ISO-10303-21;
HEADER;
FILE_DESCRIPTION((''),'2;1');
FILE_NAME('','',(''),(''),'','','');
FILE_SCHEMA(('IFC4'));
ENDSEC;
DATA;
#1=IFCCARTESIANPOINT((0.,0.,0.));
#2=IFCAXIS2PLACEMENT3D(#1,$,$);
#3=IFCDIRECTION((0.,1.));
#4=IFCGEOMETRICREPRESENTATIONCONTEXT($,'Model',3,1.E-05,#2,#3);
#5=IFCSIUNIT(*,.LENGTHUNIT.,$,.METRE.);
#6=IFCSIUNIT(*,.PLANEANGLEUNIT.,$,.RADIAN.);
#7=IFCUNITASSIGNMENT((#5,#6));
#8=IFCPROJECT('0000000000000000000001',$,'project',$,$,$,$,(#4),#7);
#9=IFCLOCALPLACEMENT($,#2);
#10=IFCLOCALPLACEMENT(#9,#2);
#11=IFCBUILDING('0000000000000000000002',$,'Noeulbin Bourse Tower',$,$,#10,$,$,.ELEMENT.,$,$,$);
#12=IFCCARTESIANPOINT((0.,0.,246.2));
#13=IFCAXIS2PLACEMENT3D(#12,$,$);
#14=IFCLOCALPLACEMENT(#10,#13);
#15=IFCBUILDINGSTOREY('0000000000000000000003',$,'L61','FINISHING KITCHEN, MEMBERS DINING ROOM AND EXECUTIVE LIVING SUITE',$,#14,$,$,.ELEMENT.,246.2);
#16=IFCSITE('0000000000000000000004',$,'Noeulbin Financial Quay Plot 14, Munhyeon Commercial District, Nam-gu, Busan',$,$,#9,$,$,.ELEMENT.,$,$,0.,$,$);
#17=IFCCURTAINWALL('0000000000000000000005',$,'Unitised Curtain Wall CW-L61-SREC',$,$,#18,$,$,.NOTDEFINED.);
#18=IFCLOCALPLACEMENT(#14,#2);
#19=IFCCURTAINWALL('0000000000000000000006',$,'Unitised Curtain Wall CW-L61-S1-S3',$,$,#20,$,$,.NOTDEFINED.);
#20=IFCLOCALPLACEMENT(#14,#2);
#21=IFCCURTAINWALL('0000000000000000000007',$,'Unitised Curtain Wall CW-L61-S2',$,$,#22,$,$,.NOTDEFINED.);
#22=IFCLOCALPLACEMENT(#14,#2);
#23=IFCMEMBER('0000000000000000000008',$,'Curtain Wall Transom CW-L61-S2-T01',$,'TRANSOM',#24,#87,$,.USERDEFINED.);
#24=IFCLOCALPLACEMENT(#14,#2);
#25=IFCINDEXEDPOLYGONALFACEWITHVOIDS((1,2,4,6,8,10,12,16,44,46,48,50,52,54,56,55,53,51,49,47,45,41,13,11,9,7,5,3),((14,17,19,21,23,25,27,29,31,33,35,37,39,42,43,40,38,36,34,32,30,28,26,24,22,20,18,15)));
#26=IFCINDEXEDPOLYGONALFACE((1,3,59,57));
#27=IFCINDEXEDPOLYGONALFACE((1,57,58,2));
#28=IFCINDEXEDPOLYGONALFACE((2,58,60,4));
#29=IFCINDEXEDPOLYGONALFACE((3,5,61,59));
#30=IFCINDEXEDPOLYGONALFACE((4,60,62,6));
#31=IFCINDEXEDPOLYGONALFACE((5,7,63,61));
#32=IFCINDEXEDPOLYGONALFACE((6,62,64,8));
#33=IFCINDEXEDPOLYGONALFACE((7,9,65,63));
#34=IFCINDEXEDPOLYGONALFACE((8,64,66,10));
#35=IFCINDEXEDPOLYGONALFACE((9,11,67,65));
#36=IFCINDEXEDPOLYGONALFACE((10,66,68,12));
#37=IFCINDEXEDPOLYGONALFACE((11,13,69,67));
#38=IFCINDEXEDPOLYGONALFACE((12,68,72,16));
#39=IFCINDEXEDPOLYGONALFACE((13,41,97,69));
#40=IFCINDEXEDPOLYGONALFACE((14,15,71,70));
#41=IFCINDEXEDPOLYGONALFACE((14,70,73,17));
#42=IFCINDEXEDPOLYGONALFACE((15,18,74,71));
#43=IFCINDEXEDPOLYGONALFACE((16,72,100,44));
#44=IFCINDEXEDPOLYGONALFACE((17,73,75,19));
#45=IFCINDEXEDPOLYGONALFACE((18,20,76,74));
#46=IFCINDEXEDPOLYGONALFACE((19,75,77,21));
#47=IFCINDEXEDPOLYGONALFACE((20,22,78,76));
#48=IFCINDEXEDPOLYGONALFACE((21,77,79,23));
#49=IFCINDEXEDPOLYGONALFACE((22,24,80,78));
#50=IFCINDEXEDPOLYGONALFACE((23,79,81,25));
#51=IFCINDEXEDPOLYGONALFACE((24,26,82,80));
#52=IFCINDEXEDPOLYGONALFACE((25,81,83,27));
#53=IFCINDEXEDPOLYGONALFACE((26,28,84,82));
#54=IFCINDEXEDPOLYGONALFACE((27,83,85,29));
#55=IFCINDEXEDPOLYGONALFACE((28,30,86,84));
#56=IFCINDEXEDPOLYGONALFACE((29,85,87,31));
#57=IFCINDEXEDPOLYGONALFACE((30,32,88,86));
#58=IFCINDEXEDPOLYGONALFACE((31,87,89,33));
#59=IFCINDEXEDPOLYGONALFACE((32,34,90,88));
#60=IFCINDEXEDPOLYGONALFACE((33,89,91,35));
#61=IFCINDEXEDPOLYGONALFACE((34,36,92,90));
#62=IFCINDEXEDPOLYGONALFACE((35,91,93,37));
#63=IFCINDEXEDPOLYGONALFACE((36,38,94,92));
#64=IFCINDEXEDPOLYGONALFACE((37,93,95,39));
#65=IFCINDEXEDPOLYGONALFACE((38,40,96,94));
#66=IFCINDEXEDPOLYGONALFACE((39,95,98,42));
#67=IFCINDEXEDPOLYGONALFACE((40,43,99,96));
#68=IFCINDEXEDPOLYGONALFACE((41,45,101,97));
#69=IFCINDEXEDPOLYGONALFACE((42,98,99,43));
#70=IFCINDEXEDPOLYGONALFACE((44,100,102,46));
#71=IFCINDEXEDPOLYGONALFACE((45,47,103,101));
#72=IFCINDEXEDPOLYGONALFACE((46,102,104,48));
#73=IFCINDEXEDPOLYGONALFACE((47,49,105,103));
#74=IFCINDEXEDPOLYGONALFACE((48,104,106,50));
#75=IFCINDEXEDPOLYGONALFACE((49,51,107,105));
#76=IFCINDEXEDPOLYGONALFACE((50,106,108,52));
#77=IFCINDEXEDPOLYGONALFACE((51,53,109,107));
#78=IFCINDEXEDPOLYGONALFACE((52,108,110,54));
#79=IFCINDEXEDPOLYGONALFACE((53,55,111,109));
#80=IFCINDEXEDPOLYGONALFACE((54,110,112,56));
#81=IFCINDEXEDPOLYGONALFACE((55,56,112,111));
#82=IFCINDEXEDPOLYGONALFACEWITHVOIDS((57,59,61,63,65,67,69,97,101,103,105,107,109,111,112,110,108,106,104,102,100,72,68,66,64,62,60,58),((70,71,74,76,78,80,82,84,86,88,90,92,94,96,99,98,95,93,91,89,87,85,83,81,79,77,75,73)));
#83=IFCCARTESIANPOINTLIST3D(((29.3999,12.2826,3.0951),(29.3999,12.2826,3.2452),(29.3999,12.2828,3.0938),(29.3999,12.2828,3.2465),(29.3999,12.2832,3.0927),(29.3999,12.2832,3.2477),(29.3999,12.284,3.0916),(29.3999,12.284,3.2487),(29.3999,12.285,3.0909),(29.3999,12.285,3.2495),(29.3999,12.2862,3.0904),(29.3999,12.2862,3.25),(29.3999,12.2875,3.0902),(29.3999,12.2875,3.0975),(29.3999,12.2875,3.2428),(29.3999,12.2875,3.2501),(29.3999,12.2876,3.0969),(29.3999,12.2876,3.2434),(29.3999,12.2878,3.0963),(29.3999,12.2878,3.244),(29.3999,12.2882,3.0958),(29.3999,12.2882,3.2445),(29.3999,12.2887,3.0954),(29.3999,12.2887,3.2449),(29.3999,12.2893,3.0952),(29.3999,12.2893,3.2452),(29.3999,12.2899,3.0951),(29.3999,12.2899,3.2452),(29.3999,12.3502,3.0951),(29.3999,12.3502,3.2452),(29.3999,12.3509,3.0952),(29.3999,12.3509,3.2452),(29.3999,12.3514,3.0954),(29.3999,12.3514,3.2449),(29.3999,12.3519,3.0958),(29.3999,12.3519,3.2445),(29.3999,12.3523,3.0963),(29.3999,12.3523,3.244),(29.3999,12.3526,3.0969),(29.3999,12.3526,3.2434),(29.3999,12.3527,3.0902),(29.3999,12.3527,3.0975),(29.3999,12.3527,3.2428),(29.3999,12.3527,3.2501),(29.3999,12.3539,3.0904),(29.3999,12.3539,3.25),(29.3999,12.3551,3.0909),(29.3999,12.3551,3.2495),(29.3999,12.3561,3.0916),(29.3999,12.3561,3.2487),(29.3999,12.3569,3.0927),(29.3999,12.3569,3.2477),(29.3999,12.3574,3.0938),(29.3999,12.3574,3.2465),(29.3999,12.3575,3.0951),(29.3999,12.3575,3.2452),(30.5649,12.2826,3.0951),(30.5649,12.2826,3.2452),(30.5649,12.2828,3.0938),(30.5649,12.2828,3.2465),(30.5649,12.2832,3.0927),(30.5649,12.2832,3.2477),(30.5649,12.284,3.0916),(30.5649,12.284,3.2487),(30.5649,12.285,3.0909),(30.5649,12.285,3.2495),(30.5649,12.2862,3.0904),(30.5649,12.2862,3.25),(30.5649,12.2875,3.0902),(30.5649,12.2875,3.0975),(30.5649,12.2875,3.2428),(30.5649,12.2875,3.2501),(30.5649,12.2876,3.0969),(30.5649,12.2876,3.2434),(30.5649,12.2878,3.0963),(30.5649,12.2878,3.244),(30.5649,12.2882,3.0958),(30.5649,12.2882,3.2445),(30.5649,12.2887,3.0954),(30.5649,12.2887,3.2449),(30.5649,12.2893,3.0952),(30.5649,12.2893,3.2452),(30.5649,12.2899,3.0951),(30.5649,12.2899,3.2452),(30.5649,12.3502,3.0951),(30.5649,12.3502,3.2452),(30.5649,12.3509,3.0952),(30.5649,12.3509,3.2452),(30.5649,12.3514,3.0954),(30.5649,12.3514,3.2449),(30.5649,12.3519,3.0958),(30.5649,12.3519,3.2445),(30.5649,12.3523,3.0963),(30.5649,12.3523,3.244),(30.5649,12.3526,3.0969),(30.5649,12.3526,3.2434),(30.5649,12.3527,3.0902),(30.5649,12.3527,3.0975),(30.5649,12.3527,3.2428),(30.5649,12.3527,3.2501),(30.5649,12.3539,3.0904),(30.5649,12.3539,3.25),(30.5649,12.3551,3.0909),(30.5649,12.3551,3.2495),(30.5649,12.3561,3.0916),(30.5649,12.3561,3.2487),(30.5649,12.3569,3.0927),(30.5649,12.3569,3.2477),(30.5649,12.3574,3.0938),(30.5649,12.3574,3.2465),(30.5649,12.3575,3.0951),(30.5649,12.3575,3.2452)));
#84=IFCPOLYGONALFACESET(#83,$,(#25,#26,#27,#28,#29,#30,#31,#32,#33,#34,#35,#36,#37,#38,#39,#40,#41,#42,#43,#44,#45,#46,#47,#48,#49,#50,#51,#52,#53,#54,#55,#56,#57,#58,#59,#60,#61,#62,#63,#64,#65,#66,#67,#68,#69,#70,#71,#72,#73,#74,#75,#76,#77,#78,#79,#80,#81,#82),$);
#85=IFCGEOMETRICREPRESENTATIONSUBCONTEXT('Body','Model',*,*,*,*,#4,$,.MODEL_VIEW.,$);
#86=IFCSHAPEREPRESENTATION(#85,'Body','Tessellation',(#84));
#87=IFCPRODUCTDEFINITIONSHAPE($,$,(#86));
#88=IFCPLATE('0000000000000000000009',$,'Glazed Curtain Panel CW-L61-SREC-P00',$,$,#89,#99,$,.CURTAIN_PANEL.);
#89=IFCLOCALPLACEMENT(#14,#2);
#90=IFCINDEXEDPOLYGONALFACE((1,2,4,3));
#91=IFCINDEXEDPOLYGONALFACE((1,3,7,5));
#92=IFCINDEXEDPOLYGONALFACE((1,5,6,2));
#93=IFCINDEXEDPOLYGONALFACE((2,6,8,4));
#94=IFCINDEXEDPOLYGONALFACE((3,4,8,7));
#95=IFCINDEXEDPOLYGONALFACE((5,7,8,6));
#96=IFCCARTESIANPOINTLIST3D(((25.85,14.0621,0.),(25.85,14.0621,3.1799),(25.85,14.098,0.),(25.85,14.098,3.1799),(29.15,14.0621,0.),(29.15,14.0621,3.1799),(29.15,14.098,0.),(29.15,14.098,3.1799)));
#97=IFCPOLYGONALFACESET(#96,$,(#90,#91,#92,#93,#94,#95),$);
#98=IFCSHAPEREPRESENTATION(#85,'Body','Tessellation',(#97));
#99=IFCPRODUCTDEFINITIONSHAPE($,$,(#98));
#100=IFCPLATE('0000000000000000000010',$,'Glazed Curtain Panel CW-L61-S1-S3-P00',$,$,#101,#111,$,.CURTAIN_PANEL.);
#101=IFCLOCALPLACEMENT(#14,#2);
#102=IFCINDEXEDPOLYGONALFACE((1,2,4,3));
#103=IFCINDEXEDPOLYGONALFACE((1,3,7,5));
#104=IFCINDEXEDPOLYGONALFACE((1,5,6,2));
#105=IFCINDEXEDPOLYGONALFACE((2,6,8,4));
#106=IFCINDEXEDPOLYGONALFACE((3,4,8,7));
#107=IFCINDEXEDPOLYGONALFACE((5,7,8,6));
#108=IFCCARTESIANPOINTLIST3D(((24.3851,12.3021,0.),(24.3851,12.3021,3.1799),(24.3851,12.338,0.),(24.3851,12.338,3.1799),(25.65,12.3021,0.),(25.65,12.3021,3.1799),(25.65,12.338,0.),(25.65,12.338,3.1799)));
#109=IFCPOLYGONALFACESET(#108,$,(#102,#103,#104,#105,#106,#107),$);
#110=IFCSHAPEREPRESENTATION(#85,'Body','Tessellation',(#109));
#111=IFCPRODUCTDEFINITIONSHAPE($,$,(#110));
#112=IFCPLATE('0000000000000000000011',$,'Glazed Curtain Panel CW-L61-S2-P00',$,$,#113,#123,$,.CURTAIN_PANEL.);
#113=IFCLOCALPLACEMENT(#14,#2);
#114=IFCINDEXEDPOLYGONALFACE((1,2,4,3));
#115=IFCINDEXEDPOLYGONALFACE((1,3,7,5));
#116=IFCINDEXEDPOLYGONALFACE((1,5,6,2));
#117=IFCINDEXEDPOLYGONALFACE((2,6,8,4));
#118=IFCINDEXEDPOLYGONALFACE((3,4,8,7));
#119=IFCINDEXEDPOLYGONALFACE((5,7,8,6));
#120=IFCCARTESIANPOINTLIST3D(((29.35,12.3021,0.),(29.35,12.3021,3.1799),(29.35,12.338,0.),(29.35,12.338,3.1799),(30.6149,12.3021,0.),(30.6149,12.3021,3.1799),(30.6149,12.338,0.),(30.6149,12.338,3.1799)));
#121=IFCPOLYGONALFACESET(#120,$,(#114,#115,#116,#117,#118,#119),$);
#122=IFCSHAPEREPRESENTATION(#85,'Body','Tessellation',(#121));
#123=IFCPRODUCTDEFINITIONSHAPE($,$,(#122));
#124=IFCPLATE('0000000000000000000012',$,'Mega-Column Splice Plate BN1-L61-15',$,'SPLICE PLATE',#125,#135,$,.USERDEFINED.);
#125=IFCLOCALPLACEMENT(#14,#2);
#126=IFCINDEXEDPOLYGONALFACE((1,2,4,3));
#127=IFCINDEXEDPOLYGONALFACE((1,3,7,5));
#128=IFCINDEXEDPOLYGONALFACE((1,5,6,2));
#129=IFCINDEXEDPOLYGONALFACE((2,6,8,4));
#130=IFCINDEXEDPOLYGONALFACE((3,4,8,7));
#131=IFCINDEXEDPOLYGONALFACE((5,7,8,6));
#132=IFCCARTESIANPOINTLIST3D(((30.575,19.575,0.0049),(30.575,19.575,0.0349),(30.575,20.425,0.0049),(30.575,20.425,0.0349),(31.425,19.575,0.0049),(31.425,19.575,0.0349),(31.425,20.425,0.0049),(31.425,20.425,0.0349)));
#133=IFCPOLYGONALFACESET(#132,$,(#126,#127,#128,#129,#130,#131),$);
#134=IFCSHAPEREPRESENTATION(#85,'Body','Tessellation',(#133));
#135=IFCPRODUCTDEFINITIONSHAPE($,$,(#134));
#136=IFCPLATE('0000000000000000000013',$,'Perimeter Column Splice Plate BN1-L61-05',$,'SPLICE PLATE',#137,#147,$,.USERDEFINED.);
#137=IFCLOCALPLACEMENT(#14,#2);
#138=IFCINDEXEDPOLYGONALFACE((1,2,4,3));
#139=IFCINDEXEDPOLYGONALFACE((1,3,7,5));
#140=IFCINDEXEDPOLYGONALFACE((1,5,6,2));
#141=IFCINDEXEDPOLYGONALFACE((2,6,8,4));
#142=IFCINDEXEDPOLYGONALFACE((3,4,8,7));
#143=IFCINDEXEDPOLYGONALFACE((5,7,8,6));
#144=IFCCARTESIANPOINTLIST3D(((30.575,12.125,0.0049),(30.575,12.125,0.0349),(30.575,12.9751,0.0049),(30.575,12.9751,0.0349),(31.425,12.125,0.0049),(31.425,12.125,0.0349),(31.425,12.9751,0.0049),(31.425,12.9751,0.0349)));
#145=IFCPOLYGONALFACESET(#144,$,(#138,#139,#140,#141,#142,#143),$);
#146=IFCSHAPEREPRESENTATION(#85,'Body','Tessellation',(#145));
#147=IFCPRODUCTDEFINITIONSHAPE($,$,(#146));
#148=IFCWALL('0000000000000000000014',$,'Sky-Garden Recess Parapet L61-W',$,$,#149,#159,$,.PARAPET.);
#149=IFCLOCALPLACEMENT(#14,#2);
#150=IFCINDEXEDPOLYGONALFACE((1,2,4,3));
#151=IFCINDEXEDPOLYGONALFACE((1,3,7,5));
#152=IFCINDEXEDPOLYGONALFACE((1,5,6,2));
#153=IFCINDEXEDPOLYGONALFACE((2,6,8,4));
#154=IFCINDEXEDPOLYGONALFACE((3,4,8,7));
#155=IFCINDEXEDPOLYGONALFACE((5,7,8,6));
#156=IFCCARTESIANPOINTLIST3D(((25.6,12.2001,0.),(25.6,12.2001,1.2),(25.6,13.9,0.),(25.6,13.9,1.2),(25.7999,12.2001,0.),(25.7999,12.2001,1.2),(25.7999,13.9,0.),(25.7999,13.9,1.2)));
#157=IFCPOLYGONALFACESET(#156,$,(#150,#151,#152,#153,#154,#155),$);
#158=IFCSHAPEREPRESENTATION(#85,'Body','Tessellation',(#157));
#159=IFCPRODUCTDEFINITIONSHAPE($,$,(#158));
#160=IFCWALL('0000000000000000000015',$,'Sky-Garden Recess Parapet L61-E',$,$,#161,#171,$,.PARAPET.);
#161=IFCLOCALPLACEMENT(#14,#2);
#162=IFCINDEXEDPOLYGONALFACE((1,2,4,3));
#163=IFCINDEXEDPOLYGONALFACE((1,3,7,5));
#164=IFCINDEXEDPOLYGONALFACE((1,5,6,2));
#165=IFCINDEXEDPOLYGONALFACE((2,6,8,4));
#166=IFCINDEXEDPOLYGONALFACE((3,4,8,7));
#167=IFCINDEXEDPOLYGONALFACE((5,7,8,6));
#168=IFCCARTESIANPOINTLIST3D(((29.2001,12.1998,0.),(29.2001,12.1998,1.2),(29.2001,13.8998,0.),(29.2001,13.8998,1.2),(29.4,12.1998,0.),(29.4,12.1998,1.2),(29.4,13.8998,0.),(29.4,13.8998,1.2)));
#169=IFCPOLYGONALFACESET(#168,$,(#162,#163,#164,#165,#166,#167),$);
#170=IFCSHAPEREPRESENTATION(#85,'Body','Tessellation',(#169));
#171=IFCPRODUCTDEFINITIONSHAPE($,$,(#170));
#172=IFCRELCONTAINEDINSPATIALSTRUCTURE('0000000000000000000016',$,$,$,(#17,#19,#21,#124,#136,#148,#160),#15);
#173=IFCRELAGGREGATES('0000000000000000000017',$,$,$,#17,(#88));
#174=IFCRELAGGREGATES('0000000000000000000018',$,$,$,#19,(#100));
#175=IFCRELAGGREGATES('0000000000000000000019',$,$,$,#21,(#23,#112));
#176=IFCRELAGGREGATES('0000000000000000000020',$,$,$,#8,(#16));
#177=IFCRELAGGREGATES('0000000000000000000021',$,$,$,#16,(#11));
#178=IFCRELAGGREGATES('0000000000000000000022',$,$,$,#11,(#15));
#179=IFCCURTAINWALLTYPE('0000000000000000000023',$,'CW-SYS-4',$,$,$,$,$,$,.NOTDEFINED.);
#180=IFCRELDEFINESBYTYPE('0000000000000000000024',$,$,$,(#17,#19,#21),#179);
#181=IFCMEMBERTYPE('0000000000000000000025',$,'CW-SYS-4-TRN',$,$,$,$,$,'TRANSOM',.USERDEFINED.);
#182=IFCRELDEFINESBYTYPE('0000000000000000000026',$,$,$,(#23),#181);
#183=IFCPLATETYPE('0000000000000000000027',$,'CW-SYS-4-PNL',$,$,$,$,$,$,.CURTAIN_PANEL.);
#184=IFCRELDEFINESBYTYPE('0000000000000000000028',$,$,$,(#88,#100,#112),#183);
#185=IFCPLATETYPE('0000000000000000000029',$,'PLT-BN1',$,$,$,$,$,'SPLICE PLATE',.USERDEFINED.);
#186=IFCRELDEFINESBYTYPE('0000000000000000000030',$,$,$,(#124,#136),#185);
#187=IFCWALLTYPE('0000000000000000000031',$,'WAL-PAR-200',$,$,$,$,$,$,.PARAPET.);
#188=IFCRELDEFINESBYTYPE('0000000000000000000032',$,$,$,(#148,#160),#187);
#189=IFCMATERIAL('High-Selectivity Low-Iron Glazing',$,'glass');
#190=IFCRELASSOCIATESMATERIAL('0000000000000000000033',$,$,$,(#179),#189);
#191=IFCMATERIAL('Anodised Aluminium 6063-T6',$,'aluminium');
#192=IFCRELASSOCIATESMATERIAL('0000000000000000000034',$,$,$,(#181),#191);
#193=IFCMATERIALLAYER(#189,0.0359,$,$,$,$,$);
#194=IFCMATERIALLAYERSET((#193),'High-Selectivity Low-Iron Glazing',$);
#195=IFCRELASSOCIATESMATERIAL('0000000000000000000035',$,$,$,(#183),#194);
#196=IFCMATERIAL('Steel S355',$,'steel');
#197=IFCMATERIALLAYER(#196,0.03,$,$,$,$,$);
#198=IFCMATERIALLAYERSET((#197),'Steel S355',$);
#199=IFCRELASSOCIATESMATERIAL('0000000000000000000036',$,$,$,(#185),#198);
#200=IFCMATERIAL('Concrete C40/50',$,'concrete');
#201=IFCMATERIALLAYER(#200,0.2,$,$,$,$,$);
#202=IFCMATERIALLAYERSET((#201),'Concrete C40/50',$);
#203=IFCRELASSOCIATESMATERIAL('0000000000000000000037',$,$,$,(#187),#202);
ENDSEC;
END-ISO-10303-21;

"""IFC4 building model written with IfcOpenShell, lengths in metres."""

from ifc_helpers import new_model, si_unit, direction, frame, frame_2d, origin, origin_2d, place, context, subcontext, project, spatial, rectangle, hollow_rectangle, extrude, material, layer, layer_set, material_profile, profile_set, type_object, element, aggregate, save


model = new_model("IFC4")

# Units and contexts
model_context = context("Model", 3, precision=1e-05, world=origin(), true_north=direction((0.0, 1.0)))
body_context = subcontext(model_context, "Body", "Model", "MODEL_VIEW")
ifc_project = project(units=[si_unit("LENGTHUNIT", "METRE"), si_unit("PLANEANGLEUNIT", "RADIAN")], contexts=[model_context])

# Site, building, storey
site_placement = place(None, origin())
site = spatial("IfcSite", under=ifc_project, at=site_placement, Name="Noeulbin Financial Quay Plot 14, Munhyeon Commercial District, Nam-gu, Busan", CompositionType="ELEMENT", RefElevation=0.0)
building_placement = place(site_placement, origin())
building = spatial("IfcBuilding", under=site, at=building_placement, Name="Noeulbin Bourse Tower", CompositionType="ELEMENT")
storey_placement = place(building_placement, frame((0.0, 0.0, 246.2)))
storey = spatial("IfcBuildingStorey", under=building, at=storey_placement, Name="L61", Description="FINISHING KITCHEN, MEMBERS DINING ROOM AND EXECUTIVE LIVING SUITE", CompositionType="ELEMENT", Elevation=246.2)

# Shared definitions
ifc_material_1 = material(Name="Steel S355", Category="steel")

# Curtain wall
ifc_material_2 = material(Name="High-Selectivity Low-Iron Glazing", Category="glass")
curtain_wall_type = type_object("IfcCurtainWallType", Name="CW-SYS-4", PredefinedType="NOTDEFINED", material=ifc_material_2)
curtain_wall_1_placement = place(storey_placement, origin())
curtain_wall_1 = element("IfcCurtainWall", 1, at=curtain_wall_1_placement, inside=storey, type_object=curtain_wall_type, Name="Unitised Curtain Wall CW-L61-SREC", PredefinedType="NOTDEFINED")
ifc_material_3 = material(Name="Anodised Aluminium 6063-T6", Category="aluminium")

# Curtain wall
curtain_wall_2_placement = place(storey_placement, origin())
curtain_wall_2 = element("IfcCurtainWall", 2, at=curtain_wall_2_placement, inside=storey, type_object=curtain_wall_type, Name="Unitised Curtain Wall CW-L61-S1-S3", PredefinedType="NOTDEFINED")

# Curtain wall
curtain_wall_3_placement = place(storey_placement, origin())
curtain_wall_3 = element("IfcCurtainWall", 3, at=curtain_wall_3_placement, inside=storey, type_object=curtain_wall_type, Name="Unitised Curtain Wall CW-L61-S2", PredefinedType="NOTDEFINED")

# Member
ifc_material_profile_1 = material_profile(ifc_material_3, hollow_rectangle(XDim=0.075, YDim=0.1599, WallThickness=0.0049, InnerFilletRadius=0.0024, OuterFilletRadius=0.0049, at=origin_2d()), Name="ALU-TRAN-75x160x5", Category="LoadBearing")
ifc_profile_set_1 = profile_set([ifc_material_profile_1], Name="Anodised Aluminium 6063-T6")
member_type_1 = type_object("IfcMemberType", Name="CW-SYS-4-TRN", ElementType="TRANSOM", PredefinedType="USERDEFINED", material=ifc_profile_set_1)
member_1_placement = place(storey_placement, frame((29.3999, 12.3201, 3.1702), z_axis=(1.0, 0.0, 0.0), x_axis=(0.0, 1.0, 0.0)))
member_1 = element("IfcMember", 4, at=member_1_placement, type_object=member_type_1, Name="Curtain Wall Transom CW-L61-S2-T01", ObjectType="TRANSOM", PredefinedType="USERDEFINED", context=body_context, shape_type="SweptSolid", body=[
    extrude(hollow_rectangle(XDim=0.075, YDim=0.1599, WallThickness=0.0049, InnerFilletRadius=0.0024, OuterFilletRadius=0.0049, at=origin_2d()), origin(), (0.0, 0.0, 1.0), 1.165),
])

# Plates
ifc_layer_1 = layer(ifc_material_2, 0.0359)
ifc_layer_set_1 = layer_set([ifc_layer_1], Name="High-Selectivity Low-Iron Glazing")
plate_type_1 = type_object("IfcPlateType", Name="CW-SYS-4-PNL", PredefinedType="CURTAIN_PANEL", material=ifc_layer_set_1)
plate_1_placement = place(storey_placement, frame((27.5, 14.0801, 0.0), z_axis=(0.0, 0.0, 1.0), x_axis=(1.0, 0.0, 0.0)))
plate_1 = element("IfcPlate", 5, at=plate_1_placement, type_object=plate_type_1, Name="Glazed Curtain Panel CW-L61-SREC-P00", PredefinedType="CURTAIN_PANEL", context=body_context, shape_type="SweptSolid", body=[
    extrude(rectangle(XDim=3.3, YDim=0.0359, at=origin_2d()), origin(), (0.0, 0.0, 1.0), 3.1799),
])
aggregate(curtain_wall_1, [plate_1])
plate_2_placement = place(storey_placement, frame((25.0176, 12.3201, 0.0), z_axis=(0.0, 0.0, 1.0), x_axis=(1.0, 0.0, 0.0)))
plate_2 = element("IfcPlate", 6, at=plate_2_placement, type_object=plate_type_1, Name="Glazed Curtain Panel CW-L61-S1-S3-P00", PredefinedType="CURTAIN_PANEL", context=body_context, shape_type="SweptSolid", body=[
    extrude(rectangle(XDim=1.2649, YDim=0.0359, at=origin_2d()), origin(), (0.0, 0.0, 1.0), 3.1799),
])
aggregate(curtain_wall_2, [plate_2])
plate_3_placement = place(storey_placement, frame((29.9824, 12.3201, 0.0), z_axis=(0.0, 0.0, 1.0), x_axis=(1.0, 0.0, 0.0)))
plate_3 = element("IfcPlate", 7, at=plate_3_placement, type_object=plate_type_1, Name="Glazed Curtain Panel CW-L61-S2-P00", PredefinedType="CURTAIN_PANEL", context=body_context, shape_type="SweptSolid", body=[
    extrude(rectangle(XDim=1.2649, YDim=0.0359, at=origin_2d()), origin(), (0.0, 0.0, 1.0), 3.1799),
])
aggregate(curtain_wall_3, [member_1, plate_3])

# Plates
ifc_layer_2 = layer(ifc_material_1, 0.03)
ifc_layer_set_2 = layer_set([ifc_layer_2], Name="Steel S355")
plate_type_2 = type_object("IfcPlateType", Name="PLT-BN1", ElementType="SPLICE PLATE", PredefinedType="USERDEFINED", material=ifc_layer_set_2)
for number, where, z_axis, x_axis, name in (
    (8, (31.0, 20.0, 0.0049), (0.0, 0.0, 1.0), (1.0, 0.0, 0.0), "Mega-Column Splice Plate BN1-L61-15"),
    (9, (31.0, 12.55, 0.0049), (0.0, 0.0, 1.0), (1.0, 0.0, 0.0), "Perimeter Column Splice Plate BN1-L61-05"),
):
    element("IfcPlate", number, at=place(storey_placement, frame(where, z_axis=z_axis, x_axis=x_axis)), inside=storey, type_object=plate_type_2, Name=name, ObjectType="SPLICE PLATE", PredefinedType="USERDEFINED", context=body_context, shape_type="SweptSolid", body=[
        extrude(rectangle(XDim=0.8501, YDim=0.8501, at=origin_2d()), origin(), (0.0, 0.0, 1.0), 0.03),
    ])

# Walls
ifc_material_4 = material(Name="Concrete C40/50", Category="concrete")
ifc_layer_3 = layer(ifc_material_4, 0.2)
ifc_layer_set_3 = layer_set([ifc_layer_3], Name="Concrete C40/50")
wall_type_1 = type_object("IfcWallType", Name="WAL-PAR-200", PredefinedType="PARAPET", material=ifc_layer_set_3)
for number, where, z_axis, x_axis, name in (
    (10, (25.7, 12.2, 0.0), (0.0, 0.0, 1.0), (0.0, 1.0, 0.0), "Sky-Garden Recess Parapet L61-W"),
    (11, (29.3, 13.8999, 0.0), (0.0, 0.0, 1.0), (0.0, -1.0, 0.0), "Sky-Garden Recess Parapet L61-E"),
):
    element("IfcWall", number, at=place(storey_placement, frame(where, z_axis=z_axis, x_axis=x_axis)), inside=storey, type_object=wall_type_1, Name=name, PredefinedType="PARAPET", context=body_context, shape_type="SweptSolid", body=[
        extrude(rectangle(XDim=1.7, YDim=0.2, at=frame_2d((0.8501, 0.0))), origin(), (0.0, 0.0, 1.0), 1.2),
    ])

save(model, "model.ifc")
